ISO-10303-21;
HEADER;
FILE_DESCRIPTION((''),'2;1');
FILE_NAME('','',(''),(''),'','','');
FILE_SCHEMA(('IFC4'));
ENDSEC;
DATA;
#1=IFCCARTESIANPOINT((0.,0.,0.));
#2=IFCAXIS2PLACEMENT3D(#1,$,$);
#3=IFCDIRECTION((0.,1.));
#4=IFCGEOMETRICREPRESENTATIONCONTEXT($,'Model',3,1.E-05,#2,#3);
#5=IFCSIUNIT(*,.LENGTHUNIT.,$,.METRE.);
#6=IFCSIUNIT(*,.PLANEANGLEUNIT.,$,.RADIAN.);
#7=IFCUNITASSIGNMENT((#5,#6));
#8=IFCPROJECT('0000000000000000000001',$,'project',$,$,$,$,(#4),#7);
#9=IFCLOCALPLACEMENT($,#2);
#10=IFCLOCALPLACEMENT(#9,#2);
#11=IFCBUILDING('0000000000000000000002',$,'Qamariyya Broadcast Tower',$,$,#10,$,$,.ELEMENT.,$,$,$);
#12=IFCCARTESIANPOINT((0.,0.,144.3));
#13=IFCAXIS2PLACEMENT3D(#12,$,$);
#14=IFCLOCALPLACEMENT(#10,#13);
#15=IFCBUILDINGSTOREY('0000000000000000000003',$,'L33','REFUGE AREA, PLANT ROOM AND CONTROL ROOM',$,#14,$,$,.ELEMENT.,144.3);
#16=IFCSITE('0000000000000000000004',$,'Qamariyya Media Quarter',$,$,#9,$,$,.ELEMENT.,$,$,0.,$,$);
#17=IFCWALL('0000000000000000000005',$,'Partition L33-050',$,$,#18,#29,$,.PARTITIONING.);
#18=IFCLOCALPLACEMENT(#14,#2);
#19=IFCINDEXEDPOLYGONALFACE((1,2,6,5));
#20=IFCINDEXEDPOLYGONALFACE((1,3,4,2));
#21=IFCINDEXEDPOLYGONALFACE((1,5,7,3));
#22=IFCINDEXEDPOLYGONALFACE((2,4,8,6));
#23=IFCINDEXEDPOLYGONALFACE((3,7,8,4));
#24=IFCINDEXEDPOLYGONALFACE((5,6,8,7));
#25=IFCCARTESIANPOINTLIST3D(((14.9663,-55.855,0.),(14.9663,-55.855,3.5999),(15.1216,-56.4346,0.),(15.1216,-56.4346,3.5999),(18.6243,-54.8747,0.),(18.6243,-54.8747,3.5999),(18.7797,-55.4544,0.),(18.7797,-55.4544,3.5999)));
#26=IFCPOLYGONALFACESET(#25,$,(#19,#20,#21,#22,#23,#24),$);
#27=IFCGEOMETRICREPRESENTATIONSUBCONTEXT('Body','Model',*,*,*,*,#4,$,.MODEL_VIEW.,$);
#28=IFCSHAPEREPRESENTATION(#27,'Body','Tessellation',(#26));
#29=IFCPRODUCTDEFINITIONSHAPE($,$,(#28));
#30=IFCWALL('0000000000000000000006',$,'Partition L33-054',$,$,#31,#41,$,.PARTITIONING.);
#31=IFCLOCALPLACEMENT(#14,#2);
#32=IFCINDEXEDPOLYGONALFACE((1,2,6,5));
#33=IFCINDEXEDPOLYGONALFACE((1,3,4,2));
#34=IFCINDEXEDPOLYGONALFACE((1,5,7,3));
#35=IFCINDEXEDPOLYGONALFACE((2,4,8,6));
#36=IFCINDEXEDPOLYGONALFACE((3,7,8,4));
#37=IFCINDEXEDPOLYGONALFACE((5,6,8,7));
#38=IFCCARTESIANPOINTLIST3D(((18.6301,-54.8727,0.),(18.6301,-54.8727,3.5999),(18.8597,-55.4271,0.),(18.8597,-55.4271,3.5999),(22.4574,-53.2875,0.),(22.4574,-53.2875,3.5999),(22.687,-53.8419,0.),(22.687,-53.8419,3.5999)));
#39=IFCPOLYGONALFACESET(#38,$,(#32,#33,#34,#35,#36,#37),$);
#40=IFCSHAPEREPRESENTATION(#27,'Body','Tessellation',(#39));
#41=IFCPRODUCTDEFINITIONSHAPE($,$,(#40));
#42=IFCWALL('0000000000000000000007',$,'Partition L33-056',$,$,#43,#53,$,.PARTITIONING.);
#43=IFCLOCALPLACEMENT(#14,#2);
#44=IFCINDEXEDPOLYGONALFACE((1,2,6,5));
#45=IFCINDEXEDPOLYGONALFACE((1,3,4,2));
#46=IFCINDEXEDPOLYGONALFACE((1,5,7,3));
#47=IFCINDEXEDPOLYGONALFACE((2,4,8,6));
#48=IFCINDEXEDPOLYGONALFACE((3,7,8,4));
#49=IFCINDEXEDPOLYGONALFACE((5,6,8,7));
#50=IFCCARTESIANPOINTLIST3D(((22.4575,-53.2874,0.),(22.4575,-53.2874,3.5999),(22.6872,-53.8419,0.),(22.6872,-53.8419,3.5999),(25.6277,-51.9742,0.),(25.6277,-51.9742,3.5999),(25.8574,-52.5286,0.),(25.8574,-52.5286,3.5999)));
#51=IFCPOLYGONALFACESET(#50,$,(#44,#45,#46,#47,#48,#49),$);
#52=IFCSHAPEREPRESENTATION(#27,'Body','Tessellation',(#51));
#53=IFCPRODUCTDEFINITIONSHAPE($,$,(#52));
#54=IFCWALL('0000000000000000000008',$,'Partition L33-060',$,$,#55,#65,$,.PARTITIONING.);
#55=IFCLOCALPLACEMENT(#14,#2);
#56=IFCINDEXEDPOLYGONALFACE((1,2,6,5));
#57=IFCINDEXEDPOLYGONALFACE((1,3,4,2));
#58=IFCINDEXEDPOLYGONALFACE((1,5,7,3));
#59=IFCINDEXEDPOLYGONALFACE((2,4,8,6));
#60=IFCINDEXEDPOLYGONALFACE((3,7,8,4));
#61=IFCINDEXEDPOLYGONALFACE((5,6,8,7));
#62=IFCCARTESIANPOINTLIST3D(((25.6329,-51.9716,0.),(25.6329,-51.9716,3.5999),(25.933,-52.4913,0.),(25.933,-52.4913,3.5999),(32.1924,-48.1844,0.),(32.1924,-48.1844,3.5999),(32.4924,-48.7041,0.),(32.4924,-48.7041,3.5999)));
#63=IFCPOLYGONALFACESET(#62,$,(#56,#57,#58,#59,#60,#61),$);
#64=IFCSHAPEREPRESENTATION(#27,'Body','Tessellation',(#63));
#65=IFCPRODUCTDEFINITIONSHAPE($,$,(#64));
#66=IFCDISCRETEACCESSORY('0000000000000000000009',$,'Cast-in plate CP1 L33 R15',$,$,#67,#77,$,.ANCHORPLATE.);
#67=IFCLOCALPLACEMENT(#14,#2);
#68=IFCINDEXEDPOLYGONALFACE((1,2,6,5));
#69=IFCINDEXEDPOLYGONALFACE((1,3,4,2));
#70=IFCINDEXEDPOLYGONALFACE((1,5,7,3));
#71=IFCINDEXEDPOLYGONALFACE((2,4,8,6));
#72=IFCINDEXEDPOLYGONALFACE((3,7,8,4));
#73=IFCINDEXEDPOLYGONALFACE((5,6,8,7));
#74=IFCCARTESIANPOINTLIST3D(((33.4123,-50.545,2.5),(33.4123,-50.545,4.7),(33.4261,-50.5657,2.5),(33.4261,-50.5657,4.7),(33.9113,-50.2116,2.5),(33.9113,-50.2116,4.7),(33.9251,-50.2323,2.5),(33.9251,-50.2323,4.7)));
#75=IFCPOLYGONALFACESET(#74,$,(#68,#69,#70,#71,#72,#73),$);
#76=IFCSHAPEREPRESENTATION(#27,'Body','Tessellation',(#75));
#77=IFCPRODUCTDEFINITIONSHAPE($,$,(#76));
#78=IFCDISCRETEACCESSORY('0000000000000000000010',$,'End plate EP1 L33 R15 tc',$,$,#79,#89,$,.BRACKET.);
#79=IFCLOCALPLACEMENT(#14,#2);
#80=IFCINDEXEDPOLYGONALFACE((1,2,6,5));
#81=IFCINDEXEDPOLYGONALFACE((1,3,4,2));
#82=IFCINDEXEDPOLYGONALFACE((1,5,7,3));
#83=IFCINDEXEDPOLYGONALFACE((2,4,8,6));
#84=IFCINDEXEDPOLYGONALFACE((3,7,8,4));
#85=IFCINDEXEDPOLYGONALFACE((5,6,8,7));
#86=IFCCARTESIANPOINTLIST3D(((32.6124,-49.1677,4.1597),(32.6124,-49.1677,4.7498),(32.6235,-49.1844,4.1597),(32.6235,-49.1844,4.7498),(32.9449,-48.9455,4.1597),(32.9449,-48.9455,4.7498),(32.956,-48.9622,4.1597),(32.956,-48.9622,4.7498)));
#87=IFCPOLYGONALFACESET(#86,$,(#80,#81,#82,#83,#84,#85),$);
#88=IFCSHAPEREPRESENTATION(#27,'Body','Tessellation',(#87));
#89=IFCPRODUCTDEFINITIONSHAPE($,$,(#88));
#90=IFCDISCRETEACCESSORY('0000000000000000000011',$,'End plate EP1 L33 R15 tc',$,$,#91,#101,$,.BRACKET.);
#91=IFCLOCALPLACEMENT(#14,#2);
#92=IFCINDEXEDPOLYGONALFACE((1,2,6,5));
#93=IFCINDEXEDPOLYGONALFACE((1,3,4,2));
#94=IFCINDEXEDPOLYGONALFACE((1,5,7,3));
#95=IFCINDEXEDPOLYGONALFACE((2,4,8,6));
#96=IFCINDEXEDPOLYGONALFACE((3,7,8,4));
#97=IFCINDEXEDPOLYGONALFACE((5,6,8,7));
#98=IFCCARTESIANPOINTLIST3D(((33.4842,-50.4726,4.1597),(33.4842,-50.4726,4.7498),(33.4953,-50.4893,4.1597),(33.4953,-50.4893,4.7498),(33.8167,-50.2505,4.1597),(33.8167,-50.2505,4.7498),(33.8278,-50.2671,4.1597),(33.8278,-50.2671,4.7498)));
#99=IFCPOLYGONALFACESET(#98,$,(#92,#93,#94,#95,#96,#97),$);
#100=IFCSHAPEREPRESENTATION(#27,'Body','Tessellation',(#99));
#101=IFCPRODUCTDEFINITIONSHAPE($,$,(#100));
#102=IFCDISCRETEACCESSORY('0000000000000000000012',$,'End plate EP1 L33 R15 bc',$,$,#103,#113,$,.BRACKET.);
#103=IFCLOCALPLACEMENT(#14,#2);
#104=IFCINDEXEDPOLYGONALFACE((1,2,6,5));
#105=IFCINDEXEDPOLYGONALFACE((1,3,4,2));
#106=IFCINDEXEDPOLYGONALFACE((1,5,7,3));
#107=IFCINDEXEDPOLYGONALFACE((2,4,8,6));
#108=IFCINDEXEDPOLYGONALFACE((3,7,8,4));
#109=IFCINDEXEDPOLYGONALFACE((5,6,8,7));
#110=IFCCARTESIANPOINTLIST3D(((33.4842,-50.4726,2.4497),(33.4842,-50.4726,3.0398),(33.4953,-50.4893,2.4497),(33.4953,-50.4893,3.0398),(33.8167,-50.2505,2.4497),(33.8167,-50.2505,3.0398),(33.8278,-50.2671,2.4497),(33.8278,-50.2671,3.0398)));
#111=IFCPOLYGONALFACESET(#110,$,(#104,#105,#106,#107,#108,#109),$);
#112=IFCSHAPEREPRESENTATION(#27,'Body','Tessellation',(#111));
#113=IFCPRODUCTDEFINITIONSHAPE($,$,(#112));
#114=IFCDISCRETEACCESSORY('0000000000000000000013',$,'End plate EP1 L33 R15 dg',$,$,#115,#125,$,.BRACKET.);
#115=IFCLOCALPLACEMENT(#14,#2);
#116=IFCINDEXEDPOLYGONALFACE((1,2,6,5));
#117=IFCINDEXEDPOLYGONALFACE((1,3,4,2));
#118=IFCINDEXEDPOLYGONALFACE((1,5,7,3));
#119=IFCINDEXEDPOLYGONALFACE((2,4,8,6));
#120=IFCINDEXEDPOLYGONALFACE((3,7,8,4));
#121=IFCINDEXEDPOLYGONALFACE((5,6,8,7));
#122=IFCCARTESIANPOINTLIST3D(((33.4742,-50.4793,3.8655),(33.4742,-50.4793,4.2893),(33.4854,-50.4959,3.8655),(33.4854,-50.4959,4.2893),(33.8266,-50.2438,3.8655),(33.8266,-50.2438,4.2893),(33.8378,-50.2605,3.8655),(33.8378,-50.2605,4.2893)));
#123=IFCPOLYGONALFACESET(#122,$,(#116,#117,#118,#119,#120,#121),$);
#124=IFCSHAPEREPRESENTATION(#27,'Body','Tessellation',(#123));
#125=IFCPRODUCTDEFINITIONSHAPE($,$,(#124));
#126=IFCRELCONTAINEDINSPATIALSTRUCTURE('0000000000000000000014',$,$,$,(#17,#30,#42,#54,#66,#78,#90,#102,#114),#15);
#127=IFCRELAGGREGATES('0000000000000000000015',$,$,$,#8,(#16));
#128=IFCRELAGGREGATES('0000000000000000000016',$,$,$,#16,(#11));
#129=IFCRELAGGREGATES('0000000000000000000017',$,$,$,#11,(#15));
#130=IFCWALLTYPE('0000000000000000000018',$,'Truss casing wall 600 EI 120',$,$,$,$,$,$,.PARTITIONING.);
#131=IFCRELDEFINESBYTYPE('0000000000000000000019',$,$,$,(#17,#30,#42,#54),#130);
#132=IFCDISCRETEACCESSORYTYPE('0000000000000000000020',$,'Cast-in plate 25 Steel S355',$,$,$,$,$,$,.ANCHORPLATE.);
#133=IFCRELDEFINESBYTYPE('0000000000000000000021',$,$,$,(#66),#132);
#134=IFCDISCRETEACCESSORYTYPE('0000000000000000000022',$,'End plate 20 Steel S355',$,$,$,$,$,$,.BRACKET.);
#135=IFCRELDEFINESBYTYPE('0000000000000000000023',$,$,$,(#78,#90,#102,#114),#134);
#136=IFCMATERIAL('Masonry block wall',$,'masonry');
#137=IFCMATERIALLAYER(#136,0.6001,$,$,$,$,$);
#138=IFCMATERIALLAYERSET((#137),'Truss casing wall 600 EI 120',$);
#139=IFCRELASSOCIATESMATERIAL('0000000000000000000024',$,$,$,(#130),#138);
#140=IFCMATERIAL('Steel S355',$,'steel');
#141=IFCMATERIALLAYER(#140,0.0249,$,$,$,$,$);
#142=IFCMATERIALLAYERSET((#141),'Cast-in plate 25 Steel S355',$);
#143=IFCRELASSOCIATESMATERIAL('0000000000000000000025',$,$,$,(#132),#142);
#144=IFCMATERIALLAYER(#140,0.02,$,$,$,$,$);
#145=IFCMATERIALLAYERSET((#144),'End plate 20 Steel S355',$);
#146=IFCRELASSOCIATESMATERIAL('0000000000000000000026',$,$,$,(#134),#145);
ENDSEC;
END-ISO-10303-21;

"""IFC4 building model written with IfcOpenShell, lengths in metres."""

from ifc_helpers import new_model, si_unit, direction, frame, frame_2d, origin, origin_2d, place, context, subcontext, project, spatial, rectangle, extrude, material, layer, layer_set, type_object, element, save


model = new_model("IFC4")

# Units and contexts
model_context = context("Model", 3, precision=1e-05, world=origin(), true_north=direction((0.0, 1.0)))
body_context = subcontext(model_context, "Body", "Model", "MODEL_VIEW")
ifc_project = project(units=[si_unit("LENGTHUNIT", "METRE"), si_unit("PLANEANGLEUNIT", "RADIAN")], contexts=[model_context])

# Site, building, storey
site_placement = place(None, origin())
site = spatial("IfcSite", under=ifc_project, at=site_placement, Name="Qamariyya Media Quarter", CompositionType="ELEMENT", RefElevation=0.0)
building_placement = place(site_placement, origin())
building = spatial("IfcBuilding", under=site, at=building_placement, Name="Qamariyya Broadcast Tower", CompositionType="ELEMENT")
storey_placement = place(building_placement, frame((0.0, 0.0, 144.3)))
storey = spatial("IfcBuildingStorey", under=building, at=storey_placement, Name="L33", Description="REFUGE AREA, PLANT ROOM AND CONTROL ROOM", CompositionType="ELEMENT", Elevation=144.3)

# Shared definitions
ifc_material_1 = material(Name="Steel S355", Category="steel")

# Walls
ifc_material_2 = material(Name="Masonry block wall", Category="masonry")
ifc_layer_1 = layer(ifc_material_2, 0.6001)
ifc_layer_set_1 = layer_set([ifc_layer_1], Name="Truss casing wall 600 EI 120")
wall_type_1 = type_object("IfcWallType", Name="Truss casing wall 600 EI 120", PredefinedType="PARTITIONING", material=ifc_layer_set_1)
wall_1_placement = place(storey_placement, frame((15.0439, -56.1448, 0.0), z_axis=(0.0, 0.0, 1.0), x_axis=(0.965921, 0.258838, 0.0)))
element("IfcWall", 1, at=wall_1_placement, inside=storey, type_object=wall_type_1, Name="Partition L33-050", PredefinedType="PARTITIONING", context=body_context, shape_type="SweptSolid", body=[
    extrude(rectangle(XDim=3.7871, YDim=0.6001, at=frame_2d((1.8936, 0.0))), origin(), (0.0, 0.0, 1.0), 3.5999),
])
wall_2_placement = place(storey_placement, frame((18.7449, -55.1499, 0.0), z_axis=(0.0, 0.0, 1.0), x_axis=(0.923893, 0.382652, 0.0)))
element("IfcWall", 2, at=wall_2_placement, inside=storey, type_object=wall_type_1, Name="Partition L33-054", PredefinedType="PARTITIONING", context=body_context, shape_type="SweptSolid", body=[
    extrude(rectangle(XDim=4.1426, YDim=0.6001, at=frame_2d((2.0713, 0.0))), origin(), (0.0, 0.0, 1.0), 3.5999),
])
wall_3_placement = place(storey_placement, frame((22.5723, -53.5647, 0.0), z_axis=(0.0, 0.0, 1.0), x_axis=(0.923869, 0.38271, 0.0)))
element("IfcWall", 3, at=wall_3_placement, inside=storey, type_object=wall_type_1, Name="Partition L33-056", PredefinedType="PARTITIONING", context=body_context, shape_type="SweptSolid", body=[
    extrude(rectangle(XDim=3.4314, YDim=0.6001, at=frame_2d((1.7158, 0.0))), origin(), (0.0, 0.0, 1.0), 3.5999),
])
wall_4_placement = place(storey_placement, frame((25.783, -52.2314, 0.0), z_axis=(0.0, 0.0, 1.0), x_axis=(0.866021, 0.500008, 0.0)))
element("IfcWall", 4, at=wall_4_placement, inside=storey, type_object=wall_type_1, Name="Partition L33-060", PredefinedType="PARTITIONING", context=body_context, shape_type="SweptSolid", body=[
    extrude(rectangle(XDim=7.5742, YDim=0.6001, at=frame_2d((3.7871, 0.0))), origin(), (0.0, 0.0, 1.0), 3.5999),
])

# Discrete accessories
ifc_layer_2 = layer(ifc_material_1, 0.0249)
ifc_layer_set_2 = layer_set([ifc_layer_2], Name="Cast-in plate 25 Steel S355")
discrete_accessory_type_1 = type_object("IfcDiscreteAccessoryType", Name="Cast-in plate 25 Steel S355", PredefinedType="ANCHORPLATE", material=ifc_layer_set_2)
discrete_accessory_1_placement = place(storey_placement, frame((33.6687, -50.3887, 2.5), z_axis=(0.0, 0.0, 1.0), x_axis=(-0.83147, -0.55557, 0.0)))
element("IfcDiscreteAccessory", 5, at=discrete_accessory_1_placement, inside=storey, type_object=discrete_accessory_type_1, Name="Cast-in plate CP1 L33 R15", PredefinedType="ANCHORPLATE", context=body_context, shape_type="SweptSolid", body=[
    extrude(rectangle(XDim=0.6001, YDim=0.0249, at=origin_2d()), origin(), (0.0, 0.0, 1.0), 2.2),
])
ifc_layer_3 = layer(ifc_material_1, 0.02)
ifc_layer_set_3 = layer_set([ifc_layer_3], Name="End plate 20 Steel S355")
discrete_accessory_type_2 = type_object("IfcDiscreteAccessoryType", Name="End plate 20 Steel S355", PredefinedType="BRACKET", material=ifc_layer_set_3)
for number, where, z_axis, x_axis, name in (
    (6, (32.7842, -49.0649, 4.1597), (0.0, 0.0, 1.0), (-0.83147, -0.55557, 0.0), "End plate EP1 L33 R15 tc"),
    (7, (33.656, -50.3699, 4.1597), (0.0, 0.0, 1.0), (-0.83147, -0.55557, 0.0), "End plate EP1 L33 R15 tc"),
    (8, (33.656, -50.3699, 2.4497), (0.0, 0.0, 1.0), (-0.83147, -0.55557, 0.0), "End plate EP1 L33 R15 bc"),
):
    element("IfcDiscreteAccessory", number, at=place(storey_placement, frame(where, z_axis=z_axis, x_axis=x_axis)), inside=storey, type_object=discrete_accessory_type_2, Name=name, PredefinedType="BRACKET", context=body_context, shape_type="SweptSolid", body=[
        extrude(rectangle(XDim=0.3999, YDim=0.02, at=origin_2d()), origin(), (0.0, 0.0, 1.0), 0.5901),
    ])
discrete_accessory_2_placement = place(storey_placement, frame((33.656, -50.3699, 3.8655), z_axis=(0.0, 0.0, 1.0), x_axis=(-0.83147, -0.55557, 0.0)))
element("IfcDiscreteAccessory", 9, at=discrete_accessory_2_placement, inside=storey, type_object=discrete_accessory_type_2, Name="End plate EP1 L33 R15 dg", PredefinedType="BRACKET", context=body_context, shape_type="SweptSolid", body=[
    extrude(rectangle(XDim=0.4238, YDim=0.02, at=origin_2d()), origin(), (0.0, 0.0, 1.0), 0.4238),
])

save(model, "model.ifc")
